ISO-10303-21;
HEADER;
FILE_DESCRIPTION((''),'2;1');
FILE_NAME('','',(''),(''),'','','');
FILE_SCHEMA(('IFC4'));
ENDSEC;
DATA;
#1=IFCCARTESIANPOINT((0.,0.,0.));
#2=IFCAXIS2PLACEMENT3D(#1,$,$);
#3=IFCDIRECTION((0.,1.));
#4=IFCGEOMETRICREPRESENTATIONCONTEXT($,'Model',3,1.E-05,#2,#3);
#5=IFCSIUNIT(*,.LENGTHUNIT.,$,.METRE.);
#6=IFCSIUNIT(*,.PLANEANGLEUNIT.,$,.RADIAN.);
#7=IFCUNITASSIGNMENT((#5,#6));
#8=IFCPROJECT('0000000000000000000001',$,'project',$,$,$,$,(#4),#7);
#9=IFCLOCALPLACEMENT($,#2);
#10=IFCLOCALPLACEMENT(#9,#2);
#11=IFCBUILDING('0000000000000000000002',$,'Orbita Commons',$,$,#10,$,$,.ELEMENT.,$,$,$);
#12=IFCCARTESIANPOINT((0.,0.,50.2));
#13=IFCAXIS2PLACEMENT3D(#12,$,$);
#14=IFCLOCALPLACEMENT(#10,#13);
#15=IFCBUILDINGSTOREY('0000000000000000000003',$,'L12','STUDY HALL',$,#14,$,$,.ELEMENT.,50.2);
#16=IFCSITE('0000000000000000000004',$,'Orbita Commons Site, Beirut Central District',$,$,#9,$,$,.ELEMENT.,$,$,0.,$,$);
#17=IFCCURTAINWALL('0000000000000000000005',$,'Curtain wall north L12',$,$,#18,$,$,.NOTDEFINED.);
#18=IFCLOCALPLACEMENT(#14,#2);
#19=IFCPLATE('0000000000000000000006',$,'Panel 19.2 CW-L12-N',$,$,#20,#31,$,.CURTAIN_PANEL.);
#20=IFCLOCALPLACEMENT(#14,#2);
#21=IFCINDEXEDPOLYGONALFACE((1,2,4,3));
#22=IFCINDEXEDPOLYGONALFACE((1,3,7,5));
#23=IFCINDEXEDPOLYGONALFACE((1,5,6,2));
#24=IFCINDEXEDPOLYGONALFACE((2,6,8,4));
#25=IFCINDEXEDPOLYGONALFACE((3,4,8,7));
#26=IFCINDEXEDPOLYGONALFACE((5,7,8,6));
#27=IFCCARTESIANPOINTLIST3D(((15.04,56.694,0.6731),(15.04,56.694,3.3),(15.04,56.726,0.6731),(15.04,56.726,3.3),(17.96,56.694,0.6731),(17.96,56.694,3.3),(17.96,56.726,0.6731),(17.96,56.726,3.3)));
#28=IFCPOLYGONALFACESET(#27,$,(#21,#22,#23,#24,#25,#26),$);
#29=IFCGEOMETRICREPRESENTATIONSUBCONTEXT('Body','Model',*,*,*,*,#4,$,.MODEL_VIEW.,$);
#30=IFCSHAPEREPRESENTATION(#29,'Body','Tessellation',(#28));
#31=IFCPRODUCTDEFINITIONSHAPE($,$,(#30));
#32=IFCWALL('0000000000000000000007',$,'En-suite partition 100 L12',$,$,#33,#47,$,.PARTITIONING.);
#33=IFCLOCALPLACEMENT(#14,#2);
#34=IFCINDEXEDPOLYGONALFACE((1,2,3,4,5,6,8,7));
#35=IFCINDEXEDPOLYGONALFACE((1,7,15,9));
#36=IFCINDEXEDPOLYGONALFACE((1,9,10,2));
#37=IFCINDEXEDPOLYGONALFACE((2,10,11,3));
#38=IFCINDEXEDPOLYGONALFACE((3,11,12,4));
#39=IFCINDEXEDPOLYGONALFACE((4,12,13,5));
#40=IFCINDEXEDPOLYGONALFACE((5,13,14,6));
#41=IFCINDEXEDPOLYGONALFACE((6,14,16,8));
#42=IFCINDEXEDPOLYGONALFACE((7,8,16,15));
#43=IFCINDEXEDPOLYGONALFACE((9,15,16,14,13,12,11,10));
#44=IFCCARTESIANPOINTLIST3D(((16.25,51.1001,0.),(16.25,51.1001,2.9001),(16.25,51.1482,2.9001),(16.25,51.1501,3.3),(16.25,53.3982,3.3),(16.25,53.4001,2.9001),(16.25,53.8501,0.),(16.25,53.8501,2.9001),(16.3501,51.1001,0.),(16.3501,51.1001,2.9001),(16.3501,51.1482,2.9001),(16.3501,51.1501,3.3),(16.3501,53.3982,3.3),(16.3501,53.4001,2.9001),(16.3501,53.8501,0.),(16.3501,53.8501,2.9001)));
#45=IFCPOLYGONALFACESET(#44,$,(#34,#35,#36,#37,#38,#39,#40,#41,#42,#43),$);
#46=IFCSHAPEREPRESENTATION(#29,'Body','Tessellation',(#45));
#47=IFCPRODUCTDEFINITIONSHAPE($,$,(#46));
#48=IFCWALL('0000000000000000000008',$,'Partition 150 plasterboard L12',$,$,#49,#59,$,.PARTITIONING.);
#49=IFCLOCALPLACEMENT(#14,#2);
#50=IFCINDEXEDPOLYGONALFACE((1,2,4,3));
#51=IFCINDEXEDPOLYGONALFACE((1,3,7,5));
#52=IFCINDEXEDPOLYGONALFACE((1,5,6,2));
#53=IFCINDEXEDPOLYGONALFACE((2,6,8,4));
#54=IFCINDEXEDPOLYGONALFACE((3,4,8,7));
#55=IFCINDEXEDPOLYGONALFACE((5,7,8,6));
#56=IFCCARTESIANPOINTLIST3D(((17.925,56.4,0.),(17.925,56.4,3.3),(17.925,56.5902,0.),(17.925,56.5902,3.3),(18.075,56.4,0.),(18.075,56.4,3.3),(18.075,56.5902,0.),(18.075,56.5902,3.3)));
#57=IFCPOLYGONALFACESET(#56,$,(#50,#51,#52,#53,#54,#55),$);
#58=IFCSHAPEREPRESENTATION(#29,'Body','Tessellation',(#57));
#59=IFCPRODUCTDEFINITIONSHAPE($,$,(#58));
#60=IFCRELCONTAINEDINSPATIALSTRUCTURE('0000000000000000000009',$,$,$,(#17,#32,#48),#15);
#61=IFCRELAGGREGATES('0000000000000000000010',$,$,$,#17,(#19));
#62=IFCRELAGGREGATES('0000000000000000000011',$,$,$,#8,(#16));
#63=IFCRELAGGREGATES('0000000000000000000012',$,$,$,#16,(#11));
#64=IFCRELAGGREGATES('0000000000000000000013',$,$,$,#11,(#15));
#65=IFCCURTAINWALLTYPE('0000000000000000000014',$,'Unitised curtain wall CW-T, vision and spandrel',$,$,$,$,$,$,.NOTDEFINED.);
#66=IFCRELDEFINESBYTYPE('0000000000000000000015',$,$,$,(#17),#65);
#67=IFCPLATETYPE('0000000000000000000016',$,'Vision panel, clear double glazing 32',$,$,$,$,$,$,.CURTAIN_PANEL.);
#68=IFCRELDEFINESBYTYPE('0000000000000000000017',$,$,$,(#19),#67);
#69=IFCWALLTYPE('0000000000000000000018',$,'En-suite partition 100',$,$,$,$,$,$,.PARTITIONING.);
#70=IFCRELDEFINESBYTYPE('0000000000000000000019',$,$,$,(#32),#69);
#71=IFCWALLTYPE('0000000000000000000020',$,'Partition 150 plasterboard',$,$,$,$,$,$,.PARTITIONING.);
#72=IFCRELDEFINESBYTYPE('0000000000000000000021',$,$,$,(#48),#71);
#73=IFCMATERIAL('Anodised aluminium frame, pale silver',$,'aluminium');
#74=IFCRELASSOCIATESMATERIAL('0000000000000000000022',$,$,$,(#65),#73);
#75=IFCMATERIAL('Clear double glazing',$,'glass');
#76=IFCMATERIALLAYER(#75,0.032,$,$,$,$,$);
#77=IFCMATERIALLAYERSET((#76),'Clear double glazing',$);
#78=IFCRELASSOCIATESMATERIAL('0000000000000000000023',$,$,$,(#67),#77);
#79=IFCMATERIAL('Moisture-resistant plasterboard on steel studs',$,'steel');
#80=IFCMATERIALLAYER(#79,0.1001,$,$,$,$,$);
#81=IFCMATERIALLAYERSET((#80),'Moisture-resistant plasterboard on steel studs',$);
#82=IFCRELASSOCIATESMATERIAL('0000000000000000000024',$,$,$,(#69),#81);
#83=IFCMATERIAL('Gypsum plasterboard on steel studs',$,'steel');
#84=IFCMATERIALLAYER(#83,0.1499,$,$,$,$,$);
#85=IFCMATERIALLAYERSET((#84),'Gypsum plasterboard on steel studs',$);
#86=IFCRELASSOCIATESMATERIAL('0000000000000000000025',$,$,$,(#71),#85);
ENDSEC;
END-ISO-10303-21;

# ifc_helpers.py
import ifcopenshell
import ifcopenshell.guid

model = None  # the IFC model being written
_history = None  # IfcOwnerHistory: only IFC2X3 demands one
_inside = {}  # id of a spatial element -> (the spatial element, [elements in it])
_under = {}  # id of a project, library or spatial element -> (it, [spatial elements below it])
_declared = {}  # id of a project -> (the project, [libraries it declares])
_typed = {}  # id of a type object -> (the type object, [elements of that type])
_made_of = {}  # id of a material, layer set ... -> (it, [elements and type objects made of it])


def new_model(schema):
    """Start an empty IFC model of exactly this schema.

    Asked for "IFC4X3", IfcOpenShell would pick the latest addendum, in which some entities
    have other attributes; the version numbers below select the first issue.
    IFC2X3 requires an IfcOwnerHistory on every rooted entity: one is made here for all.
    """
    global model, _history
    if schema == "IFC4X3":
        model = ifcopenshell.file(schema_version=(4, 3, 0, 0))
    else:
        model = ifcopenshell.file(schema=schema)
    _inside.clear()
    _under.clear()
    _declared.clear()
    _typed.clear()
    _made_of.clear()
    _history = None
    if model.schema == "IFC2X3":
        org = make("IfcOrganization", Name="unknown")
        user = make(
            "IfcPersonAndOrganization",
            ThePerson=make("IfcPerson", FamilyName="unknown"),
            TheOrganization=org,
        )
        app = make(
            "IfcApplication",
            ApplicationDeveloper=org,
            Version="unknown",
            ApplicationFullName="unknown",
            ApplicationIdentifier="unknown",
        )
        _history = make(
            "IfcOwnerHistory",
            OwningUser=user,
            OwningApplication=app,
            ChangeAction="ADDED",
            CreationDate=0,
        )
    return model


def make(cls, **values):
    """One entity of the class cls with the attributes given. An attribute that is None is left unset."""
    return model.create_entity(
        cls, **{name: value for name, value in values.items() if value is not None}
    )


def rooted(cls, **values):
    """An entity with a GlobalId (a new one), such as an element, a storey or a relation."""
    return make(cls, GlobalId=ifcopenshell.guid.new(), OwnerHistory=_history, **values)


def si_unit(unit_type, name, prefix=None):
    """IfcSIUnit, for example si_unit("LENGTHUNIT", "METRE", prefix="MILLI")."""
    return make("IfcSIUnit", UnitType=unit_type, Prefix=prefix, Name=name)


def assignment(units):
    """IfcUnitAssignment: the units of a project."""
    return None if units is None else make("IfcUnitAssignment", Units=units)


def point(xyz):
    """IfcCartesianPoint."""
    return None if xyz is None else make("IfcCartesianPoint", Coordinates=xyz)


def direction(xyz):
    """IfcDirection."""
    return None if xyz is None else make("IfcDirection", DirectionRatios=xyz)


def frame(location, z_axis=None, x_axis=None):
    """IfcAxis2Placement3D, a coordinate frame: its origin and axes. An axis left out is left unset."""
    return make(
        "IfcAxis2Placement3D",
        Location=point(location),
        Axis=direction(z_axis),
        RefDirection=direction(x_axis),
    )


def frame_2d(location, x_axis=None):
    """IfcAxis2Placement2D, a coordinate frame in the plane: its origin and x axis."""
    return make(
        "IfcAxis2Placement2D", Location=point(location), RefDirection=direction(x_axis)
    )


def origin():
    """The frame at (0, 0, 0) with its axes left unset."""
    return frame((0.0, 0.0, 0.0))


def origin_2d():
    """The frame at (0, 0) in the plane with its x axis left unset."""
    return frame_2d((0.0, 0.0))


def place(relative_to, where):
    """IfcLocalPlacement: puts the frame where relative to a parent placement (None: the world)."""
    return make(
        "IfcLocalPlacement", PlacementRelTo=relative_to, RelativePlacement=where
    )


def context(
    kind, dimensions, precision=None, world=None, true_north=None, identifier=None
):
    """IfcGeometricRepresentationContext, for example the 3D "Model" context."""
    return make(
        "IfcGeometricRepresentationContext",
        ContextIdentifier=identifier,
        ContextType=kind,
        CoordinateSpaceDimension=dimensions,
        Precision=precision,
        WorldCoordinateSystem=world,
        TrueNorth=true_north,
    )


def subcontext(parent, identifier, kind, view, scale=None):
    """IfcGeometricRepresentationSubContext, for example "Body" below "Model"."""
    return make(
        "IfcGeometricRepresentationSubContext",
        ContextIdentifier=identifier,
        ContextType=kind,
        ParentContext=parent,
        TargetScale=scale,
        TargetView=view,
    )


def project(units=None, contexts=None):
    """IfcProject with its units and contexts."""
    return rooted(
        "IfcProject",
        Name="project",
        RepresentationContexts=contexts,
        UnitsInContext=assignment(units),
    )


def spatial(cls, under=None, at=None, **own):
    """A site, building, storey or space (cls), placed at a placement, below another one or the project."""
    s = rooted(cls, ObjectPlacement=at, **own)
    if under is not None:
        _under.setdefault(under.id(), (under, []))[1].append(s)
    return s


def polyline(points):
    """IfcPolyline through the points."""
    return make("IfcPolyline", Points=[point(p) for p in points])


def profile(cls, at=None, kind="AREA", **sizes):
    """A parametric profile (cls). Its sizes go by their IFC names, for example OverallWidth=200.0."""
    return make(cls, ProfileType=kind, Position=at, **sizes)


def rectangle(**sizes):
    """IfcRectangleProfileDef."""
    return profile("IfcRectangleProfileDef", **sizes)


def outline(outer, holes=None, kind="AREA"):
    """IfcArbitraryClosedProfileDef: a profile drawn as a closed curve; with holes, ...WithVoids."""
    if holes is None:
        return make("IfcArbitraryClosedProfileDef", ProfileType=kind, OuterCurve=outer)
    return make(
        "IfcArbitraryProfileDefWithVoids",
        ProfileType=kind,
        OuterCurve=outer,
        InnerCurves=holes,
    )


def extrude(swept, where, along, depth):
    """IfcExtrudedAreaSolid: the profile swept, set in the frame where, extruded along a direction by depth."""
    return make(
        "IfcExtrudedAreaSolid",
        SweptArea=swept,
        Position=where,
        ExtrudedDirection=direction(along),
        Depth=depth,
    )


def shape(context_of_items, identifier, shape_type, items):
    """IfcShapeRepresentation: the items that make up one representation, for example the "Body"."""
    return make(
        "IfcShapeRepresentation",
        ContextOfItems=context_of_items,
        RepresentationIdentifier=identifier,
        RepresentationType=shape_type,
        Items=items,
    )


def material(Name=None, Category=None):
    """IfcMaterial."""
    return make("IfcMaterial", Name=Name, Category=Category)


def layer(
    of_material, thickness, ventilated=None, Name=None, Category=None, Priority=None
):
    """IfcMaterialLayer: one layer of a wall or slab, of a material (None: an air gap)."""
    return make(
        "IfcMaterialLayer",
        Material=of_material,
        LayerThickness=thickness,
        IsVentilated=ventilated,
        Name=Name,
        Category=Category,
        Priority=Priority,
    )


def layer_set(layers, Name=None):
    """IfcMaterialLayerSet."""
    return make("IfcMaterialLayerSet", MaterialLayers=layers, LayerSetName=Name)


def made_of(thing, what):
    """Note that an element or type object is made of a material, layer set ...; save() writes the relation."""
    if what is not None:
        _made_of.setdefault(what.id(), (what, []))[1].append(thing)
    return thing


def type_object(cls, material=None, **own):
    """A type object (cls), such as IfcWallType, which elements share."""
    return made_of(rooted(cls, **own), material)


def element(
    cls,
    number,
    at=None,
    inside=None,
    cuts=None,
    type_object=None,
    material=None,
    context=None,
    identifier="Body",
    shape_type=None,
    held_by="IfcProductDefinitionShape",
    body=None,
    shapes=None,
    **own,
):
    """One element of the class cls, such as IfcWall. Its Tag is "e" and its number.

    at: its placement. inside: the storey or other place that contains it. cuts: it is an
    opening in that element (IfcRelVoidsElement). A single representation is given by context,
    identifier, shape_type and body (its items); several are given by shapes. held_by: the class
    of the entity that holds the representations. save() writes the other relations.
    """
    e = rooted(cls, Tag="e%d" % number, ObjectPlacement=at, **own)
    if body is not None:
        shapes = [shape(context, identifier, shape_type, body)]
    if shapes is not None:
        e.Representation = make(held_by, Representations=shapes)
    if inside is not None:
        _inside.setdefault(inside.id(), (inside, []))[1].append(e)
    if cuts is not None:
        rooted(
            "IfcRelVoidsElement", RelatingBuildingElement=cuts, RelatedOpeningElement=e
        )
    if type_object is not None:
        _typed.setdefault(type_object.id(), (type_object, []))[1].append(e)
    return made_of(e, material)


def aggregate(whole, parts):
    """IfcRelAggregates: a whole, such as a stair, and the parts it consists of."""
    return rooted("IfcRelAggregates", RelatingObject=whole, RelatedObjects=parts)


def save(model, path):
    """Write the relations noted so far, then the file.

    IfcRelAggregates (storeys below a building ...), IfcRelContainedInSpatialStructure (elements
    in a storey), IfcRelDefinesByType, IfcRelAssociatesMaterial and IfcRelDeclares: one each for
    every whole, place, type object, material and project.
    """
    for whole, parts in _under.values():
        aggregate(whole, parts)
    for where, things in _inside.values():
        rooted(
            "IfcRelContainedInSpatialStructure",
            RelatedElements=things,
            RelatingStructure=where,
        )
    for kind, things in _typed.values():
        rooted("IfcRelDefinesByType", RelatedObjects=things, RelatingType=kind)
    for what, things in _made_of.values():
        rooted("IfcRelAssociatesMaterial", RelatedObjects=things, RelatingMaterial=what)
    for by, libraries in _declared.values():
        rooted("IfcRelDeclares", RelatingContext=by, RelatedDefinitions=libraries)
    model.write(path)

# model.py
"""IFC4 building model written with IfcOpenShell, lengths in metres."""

from ifc_helpers import new_model, si_unit, direction, frame, frame_2d, origin, origin_2d, place, context, subcontext, project, spatial, polyline, rectangle, outline, extrude, material, layer, layer_set, type_object, element, aggregate, save


model = new_model("IFC4")

# Units and contexts
model_context = context("Model", 3, precision=1e-05, world=origin(), true_north=direction((0.0, 1.0)))
body_context = subcontext(model_context, "Body", "Model", "MODEL_VIEW")
ifc_project = project(units=[si_unit("LENGTHUNIT", "METRE"), si_unit("PLANEANGLEUNIT", "RADIAN")], contexts=[model_context])

# Site, building, storey
site_placement = place(None, origin())
site = spatial("IfcSite", under=ifc_project, at=site_placement, Name="Orbita Commons Site, Beirut Central District", CompositionType="ELEMENT", RefElevation=0.0)
building_placement = place(site_placement, origin())
building = spatial("IfcBuilding", under=site, at=building_placement, Name="Orbita Commons", CompositionType="ELEMENT")
storey_placement = place(building_placement, frame((0.0, 0.0, 50.2)))
storey = spatial("IfcBuildingStorey", under=building, at=storey_placement, Name="L12", Description="STUDY HALL", CompositionType="ELEMENT", Elevation=50.2)

# Curtain wall
ifc_material_1 = material(Name="Anodised aluminium frame, pale silver", Category="aluminium")
curtain_wall_type = type_object("IfcCurtainWallType", Name="Unitised curtain wall CW-T, vision and spandrel", PredefinedType="NOTDEFINED", material=ifc_material_1)
curtain_wall_placement = place(storey_placement, origin())
curtain_wall = element("IfcCurtainWall", 1, at=curtain_wall_placement, inside=storey, type_object=curtain_wall_type, Name="Curtain wall north L12", PredefinedType="NOTDEFINED")

# Plate
ifc_material_2 = material(Name="Clear double glazing", Category="glass")
ifc_layer_1 = layer(ifc_material_2, 0.032)
ifc_layer_set_1 = layer_set([ifc_layer_1], Name="Clear double glazing")
plate_type_1 = type_object("IfcPlateType", Name="Vision panel, clear double glazing 32", PredefinedType="CURTAIN_PANEL", material=ifc_layer_set_1)
plate_1_placement = place(storey_placement, frame((16.5, 56.71, 0.6731), z_axis=(0.0, 0.0, 1.0), x_axis=(-1.0, 0.0, 0.0)))
plate_1 = element("IfcPlate", 2, at=plate_1_placement, type_object=plate_type_1, Name="Panel 19.2 CW-L12-N", PredefinedType="CURTAIN_PANEL", context=body_context, shape_type="SweptSolid", body=[
    extrude(rectangle(XDim=2.9199, YDim=0.032, at=origin_2d()), origin(), (0.0, 0.0, 1.0), 2.627),
])
aggregate(curtain_wall, [plate_1])

# Walls
ifc_material_3 = material(Name="Moisture-resistant plasterboard on steel studs", Category="steel")
ifc_layer_2 = layer(ifc_material_3, 0.1001)
ifc_layer_set_2 = layer_set([ifc_layer_2], Name="Moisture-resistant plasterboard on steel studs")
wall_type_1 = type_object("IfcWallType", Name="En-suite partition 100", PredefinedType="PARTITIONING", material=ifc_layer_set_2)
wall_1_placement = place(storey_placement, frame((16.3, 53.8501, 0.0), z_axis=(0.0, 0.0, 1.0), x_axis=(0.0, -1.0, 0.0)))
element("IfcWall", 3, at=wall_1_placement, inside=storey, type_object=wall_type_1, Name="En-suite partition 100 L12", PredefinedType="PARTITIONING", context=body_context, shape_type="SweptSolid", body=[
    extrude(outline(polyline([(0.0, 0.0), (2.75, 0.0), (2.75, 2.9001), (2.7019, 2.9001), (2.7, 3.3), (0.4519, 3.3), (0.45, 2.9001), (0.0, 2.9001), (0.0, 0.0)])), frame((0.0, 0.05, 0.0), z_axis=(0.0, -1.0, 0.0), x_axis=(1.0, 0.0, 0.0)), (0.0, 0.0, 1.0), 0.1001),
])
ifc_material_4 = material(Name="Gypsum plasterboard on steel studs", Category="steel")
ifc_layer_3 = layer(ifc_material_4, 0.1499)
ifc_layer_set_3 = layer_set([ifc_layer_3], Name="Gypsum plasterboard on steel studs")
wall_type_2 = type_object("IfcWallType", Name="Partition 150 plasterboard", PredefinedType="PARTITIONING", material=ifc_layer_set_3)
wall_2_placement = place(storey_placement, frame((18.0, 56.3999, 0.0), z_axis=(0.0, 0.0, 1.0), x_axis=(0.0, 1.0, 0.0)))
element("IfcWall", 4, at=wall_2_placement, inside=storey, type_object=wall_type_2, Name="Partition 150 plasterboard L12", PredefinedType="PARTITIONING", context=body_context, shape_type="SweptSolid", body=[
    extrude(rectangle(XDim=0.1902, YDim=0.1499, at=frame_2d((0.0952, 0.0))), origin(), (0.0, 0.0, 1.0), 3.3),
])

save(model, "model.ifc")
